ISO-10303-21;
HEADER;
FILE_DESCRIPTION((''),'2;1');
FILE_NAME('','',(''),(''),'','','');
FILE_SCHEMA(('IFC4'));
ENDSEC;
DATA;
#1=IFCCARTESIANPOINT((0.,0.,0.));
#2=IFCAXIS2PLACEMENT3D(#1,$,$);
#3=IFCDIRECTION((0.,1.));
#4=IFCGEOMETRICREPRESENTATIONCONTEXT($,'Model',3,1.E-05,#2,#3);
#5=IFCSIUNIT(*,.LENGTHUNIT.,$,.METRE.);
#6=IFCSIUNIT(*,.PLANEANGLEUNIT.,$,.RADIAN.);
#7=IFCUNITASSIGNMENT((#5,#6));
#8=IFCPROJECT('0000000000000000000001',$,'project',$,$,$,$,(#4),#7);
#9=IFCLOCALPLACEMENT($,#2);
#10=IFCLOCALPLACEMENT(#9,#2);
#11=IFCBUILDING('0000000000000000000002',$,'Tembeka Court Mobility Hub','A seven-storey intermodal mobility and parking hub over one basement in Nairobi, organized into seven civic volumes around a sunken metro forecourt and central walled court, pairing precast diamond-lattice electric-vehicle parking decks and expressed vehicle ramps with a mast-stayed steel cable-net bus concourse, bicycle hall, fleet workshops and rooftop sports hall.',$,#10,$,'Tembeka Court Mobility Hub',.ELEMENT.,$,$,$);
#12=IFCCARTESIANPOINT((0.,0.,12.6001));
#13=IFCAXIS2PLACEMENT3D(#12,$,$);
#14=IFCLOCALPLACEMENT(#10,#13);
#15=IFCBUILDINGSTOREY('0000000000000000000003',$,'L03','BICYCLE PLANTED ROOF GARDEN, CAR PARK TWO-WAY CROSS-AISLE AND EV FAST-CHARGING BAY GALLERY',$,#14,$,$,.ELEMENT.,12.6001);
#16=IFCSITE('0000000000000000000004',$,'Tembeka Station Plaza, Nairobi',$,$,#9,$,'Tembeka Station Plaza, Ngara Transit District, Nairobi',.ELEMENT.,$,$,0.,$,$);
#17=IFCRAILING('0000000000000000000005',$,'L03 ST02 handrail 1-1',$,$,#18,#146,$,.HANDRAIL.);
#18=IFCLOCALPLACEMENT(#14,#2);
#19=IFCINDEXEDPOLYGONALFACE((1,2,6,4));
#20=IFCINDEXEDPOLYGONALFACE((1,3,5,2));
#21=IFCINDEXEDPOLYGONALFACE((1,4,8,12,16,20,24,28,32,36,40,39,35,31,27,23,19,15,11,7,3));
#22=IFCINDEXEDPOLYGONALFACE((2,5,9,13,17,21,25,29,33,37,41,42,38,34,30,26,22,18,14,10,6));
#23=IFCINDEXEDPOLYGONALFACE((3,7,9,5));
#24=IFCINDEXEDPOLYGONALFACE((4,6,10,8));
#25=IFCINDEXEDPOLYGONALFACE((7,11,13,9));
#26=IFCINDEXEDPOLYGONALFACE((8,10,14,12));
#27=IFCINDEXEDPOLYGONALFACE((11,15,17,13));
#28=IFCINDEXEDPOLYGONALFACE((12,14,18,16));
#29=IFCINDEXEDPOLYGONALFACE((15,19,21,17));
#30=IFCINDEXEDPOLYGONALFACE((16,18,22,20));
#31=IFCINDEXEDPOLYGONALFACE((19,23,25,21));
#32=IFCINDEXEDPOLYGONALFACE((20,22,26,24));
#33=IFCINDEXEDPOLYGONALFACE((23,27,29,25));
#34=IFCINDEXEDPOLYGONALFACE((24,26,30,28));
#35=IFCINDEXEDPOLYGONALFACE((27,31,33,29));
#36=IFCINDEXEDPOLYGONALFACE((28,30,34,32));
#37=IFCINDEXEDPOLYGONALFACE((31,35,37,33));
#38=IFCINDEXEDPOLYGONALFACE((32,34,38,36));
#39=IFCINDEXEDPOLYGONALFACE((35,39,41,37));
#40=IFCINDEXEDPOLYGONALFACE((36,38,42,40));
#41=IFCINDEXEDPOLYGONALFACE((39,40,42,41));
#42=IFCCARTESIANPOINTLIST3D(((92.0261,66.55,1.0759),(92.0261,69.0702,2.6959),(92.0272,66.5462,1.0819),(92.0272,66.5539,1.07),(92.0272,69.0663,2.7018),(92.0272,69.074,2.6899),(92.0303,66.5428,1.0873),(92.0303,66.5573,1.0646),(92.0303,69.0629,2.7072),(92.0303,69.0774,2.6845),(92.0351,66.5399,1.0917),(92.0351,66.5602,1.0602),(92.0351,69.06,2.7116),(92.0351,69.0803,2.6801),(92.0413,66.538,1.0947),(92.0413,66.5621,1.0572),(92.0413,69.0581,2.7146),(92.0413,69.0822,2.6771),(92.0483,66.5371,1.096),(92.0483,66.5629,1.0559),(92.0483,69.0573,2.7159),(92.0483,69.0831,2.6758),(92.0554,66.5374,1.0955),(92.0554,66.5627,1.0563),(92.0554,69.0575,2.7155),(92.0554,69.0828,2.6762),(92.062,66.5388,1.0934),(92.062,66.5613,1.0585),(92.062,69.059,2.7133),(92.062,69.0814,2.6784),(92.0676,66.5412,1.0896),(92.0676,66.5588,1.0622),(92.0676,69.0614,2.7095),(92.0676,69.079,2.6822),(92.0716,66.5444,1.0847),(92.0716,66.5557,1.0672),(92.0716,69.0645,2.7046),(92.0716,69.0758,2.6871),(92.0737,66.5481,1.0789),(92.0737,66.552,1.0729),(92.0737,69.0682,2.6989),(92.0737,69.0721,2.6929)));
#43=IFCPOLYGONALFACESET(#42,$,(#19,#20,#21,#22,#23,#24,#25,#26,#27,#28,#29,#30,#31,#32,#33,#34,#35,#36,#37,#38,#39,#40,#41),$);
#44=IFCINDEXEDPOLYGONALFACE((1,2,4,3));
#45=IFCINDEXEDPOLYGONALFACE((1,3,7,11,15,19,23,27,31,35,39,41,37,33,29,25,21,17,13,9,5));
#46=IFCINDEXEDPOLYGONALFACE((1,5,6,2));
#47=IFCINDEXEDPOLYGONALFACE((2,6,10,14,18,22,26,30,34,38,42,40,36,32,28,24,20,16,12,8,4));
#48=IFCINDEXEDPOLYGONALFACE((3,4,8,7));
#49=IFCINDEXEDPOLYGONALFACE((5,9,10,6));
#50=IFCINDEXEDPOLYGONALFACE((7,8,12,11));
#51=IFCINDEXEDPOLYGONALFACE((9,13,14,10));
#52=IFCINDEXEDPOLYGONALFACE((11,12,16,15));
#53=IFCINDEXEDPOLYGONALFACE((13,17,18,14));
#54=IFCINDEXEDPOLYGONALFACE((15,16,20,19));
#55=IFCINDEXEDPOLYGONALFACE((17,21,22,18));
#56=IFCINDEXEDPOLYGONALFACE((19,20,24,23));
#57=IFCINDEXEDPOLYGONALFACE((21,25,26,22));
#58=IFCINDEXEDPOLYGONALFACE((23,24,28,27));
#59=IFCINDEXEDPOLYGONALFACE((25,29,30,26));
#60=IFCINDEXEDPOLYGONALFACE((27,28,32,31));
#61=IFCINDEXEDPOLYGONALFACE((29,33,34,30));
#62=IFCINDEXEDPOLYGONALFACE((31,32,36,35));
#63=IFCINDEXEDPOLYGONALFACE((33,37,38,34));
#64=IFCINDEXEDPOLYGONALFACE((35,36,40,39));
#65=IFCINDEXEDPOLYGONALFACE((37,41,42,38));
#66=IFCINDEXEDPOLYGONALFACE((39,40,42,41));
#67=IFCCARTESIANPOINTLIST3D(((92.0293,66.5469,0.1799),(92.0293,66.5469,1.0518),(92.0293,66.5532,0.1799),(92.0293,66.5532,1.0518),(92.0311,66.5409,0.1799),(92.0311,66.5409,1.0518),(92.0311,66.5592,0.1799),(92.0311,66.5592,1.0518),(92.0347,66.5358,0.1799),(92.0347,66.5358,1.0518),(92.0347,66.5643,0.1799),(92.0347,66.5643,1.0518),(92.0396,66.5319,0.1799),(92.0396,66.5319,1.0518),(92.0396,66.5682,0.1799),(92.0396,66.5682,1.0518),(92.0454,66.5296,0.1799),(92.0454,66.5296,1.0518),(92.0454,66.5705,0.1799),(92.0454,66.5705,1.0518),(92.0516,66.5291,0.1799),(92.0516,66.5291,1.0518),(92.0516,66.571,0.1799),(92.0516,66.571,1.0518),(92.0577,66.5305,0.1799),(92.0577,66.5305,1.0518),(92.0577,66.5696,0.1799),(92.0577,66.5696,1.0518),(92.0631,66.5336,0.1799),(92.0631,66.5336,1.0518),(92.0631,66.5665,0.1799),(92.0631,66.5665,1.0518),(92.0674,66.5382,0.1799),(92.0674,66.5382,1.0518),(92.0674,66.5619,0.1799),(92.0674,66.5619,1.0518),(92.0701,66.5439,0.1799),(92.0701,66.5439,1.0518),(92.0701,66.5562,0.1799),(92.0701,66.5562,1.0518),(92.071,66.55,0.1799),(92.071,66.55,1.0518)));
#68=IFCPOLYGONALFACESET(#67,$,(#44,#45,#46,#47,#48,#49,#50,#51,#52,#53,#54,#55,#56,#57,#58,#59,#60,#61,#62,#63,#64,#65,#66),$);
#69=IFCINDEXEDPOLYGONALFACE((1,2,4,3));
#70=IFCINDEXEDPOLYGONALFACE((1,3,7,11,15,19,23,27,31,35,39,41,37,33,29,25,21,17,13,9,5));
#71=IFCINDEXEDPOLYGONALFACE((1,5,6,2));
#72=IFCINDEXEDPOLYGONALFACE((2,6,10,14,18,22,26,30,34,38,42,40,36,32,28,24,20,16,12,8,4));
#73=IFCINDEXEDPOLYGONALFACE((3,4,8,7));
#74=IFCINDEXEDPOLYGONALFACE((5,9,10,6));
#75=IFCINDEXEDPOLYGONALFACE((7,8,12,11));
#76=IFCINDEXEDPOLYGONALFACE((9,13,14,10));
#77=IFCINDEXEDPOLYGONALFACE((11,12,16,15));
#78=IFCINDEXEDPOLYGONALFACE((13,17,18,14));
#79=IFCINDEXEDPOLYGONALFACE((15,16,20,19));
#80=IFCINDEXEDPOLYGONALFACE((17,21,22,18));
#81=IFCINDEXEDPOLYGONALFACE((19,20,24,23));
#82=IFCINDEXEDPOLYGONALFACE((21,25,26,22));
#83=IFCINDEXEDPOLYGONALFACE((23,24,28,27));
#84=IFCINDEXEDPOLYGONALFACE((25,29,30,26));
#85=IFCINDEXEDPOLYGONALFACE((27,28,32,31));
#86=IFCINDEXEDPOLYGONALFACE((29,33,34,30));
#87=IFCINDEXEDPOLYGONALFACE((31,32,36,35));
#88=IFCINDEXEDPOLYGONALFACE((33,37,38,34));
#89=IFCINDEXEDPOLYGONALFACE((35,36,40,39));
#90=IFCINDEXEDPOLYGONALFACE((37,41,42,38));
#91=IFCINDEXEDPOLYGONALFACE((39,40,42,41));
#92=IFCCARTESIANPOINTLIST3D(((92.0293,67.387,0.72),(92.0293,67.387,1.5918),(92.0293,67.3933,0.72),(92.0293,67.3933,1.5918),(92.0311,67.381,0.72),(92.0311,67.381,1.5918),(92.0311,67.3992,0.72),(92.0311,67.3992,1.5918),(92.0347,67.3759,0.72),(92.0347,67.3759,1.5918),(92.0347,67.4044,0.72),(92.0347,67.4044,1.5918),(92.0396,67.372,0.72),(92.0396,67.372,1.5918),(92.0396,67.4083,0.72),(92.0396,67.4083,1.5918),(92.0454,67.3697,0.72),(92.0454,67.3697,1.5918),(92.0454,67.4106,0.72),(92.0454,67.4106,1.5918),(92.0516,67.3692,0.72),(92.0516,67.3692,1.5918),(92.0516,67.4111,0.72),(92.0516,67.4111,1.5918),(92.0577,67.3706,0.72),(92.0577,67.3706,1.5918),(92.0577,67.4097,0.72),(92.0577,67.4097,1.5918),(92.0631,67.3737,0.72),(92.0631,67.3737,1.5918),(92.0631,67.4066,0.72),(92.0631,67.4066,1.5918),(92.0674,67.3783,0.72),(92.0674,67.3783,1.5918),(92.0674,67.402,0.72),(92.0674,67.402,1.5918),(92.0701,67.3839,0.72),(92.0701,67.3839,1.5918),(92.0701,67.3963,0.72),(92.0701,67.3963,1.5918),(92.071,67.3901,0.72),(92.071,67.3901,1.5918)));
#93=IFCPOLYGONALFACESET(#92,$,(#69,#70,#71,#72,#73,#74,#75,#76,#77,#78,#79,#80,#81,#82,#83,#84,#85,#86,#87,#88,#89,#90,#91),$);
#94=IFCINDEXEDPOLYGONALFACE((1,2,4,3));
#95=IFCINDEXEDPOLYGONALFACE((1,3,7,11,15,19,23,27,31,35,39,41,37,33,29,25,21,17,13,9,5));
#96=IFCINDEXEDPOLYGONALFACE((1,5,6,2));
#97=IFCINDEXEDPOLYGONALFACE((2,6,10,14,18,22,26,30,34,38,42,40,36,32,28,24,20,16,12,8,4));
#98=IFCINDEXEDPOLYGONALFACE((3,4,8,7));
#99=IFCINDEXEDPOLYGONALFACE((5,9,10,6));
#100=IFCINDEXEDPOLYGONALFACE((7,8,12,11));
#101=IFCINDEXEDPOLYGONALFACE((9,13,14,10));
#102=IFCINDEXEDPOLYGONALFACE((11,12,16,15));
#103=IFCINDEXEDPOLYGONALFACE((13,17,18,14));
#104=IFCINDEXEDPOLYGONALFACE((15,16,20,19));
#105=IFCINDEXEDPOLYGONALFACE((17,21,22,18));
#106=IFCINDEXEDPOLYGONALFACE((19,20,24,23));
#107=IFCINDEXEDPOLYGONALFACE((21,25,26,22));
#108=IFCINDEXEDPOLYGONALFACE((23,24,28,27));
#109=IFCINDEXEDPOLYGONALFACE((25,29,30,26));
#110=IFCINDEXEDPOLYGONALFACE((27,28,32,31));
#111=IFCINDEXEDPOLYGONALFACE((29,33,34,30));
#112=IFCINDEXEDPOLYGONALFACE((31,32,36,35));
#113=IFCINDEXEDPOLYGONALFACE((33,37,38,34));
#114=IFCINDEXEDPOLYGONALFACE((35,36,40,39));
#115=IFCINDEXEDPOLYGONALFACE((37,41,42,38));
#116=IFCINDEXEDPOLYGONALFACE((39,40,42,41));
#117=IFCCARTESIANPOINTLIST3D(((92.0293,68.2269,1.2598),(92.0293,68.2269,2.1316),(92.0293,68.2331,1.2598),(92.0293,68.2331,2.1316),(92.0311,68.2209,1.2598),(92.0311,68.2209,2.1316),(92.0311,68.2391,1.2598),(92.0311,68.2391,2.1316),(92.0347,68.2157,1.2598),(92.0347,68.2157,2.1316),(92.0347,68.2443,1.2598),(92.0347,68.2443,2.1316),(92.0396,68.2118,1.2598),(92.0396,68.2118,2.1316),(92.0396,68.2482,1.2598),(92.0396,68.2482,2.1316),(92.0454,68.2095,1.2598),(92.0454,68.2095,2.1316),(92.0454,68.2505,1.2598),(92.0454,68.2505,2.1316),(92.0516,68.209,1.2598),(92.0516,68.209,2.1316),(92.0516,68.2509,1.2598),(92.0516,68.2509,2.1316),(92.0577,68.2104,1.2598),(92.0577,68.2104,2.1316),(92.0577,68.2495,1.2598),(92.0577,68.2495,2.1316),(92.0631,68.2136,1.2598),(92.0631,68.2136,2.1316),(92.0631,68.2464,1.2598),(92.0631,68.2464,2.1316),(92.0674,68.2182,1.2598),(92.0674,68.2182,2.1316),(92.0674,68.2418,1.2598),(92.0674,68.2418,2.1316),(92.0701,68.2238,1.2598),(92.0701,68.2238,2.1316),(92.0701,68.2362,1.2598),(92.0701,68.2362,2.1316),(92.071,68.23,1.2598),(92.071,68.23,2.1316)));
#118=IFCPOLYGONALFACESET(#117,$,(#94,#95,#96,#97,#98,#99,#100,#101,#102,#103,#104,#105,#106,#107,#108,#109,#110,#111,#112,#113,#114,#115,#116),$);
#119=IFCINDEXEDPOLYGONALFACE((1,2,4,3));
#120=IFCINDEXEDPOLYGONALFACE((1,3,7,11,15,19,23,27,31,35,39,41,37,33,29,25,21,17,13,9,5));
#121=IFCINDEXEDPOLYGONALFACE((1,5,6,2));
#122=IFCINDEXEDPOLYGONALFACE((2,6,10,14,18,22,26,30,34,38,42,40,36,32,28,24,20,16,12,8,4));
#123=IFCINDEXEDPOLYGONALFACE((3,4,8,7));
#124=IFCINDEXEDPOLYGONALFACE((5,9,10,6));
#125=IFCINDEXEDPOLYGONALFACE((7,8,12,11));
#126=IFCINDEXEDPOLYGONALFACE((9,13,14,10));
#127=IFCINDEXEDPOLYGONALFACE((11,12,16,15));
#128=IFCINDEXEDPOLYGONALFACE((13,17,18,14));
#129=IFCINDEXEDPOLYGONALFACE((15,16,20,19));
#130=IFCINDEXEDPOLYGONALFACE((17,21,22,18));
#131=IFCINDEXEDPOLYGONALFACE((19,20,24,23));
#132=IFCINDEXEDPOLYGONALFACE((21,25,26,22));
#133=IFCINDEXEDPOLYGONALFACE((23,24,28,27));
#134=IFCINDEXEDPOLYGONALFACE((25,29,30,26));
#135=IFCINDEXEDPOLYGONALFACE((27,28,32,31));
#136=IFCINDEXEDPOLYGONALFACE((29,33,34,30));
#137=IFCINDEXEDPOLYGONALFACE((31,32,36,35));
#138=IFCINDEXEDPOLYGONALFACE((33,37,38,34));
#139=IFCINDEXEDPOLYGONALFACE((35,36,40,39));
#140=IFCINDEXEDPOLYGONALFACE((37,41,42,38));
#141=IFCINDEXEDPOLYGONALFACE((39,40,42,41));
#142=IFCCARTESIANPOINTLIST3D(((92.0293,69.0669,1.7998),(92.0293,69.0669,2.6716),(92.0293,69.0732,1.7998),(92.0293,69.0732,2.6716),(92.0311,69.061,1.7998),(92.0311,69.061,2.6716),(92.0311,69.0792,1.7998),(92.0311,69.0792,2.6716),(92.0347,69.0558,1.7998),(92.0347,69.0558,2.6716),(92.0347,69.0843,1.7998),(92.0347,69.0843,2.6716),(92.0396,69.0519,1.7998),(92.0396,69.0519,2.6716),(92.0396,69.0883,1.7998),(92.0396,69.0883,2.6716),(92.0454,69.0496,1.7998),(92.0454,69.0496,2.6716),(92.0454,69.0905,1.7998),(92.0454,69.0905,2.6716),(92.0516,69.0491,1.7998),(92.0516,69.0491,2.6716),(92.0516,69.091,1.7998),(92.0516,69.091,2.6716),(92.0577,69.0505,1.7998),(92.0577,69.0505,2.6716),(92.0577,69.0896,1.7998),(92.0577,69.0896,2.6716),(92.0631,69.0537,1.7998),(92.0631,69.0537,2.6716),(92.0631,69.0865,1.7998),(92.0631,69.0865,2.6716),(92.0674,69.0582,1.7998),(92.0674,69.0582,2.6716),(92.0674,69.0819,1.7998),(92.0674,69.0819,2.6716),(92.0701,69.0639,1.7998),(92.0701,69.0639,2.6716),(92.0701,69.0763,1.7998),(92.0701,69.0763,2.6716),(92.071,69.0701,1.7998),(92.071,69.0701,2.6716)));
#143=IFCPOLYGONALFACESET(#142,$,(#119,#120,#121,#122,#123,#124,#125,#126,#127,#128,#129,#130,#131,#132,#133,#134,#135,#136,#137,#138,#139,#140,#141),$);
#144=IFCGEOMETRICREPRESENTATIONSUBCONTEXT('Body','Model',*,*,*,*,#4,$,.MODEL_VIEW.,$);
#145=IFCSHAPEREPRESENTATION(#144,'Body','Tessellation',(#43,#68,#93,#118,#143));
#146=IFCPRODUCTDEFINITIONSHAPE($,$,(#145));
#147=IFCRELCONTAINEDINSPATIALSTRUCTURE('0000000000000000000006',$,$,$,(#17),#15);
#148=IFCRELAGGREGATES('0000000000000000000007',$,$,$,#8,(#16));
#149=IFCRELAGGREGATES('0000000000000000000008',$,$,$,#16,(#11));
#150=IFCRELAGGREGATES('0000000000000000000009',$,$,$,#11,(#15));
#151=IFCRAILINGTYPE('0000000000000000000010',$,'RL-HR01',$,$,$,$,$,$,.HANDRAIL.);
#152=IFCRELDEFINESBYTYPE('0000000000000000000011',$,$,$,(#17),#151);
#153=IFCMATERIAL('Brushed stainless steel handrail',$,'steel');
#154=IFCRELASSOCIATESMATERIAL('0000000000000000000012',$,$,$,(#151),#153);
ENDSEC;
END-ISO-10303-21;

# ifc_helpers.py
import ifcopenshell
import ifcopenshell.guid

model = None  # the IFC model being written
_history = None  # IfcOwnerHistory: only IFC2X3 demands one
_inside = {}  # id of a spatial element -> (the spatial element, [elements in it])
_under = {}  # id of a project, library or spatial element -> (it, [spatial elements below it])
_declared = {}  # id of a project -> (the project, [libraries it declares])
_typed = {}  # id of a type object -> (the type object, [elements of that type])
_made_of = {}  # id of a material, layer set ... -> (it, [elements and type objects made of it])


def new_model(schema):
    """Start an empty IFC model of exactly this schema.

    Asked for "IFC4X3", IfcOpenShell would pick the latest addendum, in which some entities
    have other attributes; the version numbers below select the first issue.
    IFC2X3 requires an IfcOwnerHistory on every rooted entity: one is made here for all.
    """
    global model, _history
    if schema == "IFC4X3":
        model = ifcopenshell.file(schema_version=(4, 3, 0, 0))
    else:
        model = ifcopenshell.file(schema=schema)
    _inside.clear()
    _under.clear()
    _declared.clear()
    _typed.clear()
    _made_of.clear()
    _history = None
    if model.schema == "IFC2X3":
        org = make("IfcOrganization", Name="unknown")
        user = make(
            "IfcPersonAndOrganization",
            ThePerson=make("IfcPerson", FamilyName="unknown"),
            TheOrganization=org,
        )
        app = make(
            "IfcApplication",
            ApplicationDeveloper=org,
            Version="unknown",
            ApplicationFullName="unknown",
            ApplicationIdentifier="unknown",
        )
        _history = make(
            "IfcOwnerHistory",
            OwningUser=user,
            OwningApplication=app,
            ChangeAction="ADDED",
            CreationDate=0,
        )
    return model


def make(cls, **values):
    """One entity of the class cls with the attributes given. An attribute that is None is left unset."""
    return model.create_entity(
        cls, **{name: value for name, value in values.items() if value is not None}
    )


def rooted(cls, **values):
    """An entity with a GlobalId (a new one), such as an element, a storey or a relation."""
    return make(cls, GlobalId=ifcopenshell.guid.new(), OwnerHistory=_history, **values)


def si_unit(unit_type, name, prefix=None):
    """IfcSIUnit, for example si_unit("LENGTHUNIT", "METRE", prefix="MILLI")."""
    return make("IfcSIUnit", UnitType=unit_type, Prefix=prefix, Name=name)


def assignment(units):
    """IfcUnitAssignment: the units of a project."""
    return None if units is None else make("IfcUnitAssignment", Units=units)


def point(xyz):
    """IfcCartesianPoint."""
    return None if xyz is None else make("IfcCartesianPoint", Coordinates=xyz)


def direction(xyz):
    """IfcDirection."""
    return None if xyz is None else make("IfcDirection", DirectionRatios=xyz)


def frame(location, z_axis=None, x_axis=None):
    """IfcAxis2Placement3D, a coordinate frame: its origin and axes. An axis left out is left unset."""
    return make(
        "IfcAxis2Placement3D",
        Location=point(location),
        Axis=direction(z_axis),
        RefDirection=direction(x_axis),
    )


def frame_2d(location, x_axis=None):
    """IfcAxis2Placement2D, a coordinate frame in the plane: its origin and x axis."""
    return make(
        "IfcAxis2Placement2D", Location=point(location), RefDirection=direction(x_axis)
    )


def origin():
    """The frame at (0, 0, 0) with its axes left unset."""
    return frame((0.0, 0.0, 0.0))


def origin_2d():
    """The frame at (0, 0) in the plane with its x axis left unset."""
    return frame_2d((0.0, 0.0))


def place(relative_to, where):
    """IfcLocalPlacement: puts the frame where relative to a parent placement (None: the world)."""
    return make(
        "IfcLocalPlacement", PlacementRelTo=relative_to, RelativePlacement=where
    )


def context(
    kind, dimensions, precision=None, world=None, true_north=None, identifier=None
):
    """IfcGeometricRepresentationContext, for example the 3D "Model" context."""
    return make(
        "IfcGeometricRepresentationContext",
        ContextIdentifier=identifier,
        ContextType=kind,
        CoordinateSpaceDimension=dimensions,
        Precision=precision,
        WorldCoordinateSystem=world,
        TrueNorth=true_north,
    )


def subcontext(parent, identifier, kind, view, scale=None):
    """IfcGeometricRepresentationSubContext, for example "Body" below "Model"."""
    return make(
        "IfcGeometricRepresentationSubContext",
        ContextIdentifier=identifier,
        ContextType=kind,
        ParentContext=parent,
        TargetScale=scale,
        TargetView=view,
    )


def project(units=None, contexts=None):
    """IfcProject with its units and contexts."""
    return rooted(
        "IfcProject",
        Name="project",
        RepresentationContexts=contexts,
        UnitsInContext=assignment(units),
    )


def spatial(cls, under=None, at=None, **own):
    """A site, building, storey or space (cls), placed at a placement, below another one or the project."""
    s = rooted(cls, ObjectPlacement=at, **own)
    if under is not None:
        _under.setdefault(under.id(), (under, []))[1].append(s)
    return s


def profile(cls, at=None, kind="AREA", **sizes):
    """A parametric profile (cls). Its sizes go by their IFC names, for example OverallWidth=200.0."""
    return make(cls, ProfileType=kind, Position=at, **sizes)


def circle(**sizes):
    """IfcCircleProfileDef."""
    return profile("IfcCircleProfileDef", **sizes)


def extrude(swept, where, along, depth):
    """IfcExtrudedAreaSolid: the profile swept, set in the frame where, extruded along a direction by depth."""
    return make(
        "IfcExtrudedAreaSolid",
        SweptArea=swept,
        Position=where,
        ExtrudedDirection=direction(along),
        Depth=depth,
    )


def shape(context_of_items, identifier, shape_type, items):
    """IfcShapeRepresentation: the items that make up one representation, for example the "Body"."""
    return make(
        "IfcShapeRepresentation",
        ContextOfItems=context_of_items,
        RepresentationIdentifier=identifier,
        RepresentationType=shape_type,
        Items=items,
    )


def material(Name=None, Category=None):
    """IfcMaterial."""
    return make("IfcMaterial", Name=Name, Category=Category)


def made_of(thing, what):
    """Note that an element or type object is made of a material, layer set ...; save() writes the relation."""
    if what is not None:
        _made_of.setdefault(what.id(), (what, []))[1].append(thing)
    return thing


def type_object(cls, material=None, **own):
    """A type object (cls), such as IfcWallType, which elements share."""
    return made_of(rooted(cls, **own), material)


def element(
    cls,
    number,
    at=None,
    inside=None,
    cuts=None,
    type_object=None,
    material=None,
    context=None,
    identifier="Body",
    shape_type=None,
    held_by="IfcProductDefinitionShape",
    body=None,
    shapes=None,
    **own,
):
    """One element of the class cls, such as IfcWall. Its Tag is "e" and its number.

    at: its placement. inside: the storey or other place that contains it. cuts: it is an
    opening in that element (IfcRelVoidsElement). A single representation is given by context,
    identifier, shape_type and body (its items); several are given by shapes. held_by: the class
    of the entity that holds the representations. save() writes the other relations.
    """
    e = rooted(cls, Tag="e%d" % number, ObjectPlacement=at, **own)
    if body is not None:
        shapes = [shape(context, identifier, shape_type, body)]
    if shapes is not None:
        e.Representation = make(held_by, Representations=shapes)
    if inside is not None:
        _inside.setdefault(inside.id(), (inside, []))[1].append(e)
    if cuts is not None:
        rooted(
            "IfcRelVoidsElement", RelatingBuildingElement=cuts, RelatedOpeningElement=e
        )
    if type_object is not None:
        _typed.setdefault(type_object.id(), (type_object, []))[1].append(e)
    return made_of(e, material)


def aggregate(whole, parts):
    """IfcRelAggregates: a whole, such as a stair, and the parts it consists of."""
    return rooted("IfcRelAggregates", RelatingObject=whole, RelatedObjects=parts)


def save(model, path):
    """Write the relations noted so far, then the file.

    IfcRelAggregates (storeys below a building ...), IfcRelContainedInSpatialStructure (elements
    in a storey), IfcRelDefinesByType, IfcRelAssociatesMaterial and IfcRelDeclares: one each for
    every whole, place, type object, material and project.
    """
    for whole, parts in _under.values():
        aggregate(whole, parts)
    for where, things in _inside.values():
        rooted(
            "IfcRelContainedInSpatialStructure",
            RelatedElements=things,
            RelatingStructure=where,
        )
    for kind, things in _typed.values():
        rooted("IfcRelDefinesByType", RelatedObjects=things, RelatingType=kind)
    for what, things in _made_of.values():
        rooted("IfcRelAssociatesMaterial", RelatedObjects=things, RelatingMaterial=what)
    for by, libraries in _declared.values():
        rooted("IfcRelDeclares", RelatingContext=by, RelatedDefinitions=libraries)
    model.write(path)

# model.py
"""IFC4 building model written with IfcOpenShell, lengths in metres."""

from ifc_helpers import new_model, si_unit, direction, frame, origin, origin_2d, place, context, subcontext, project, spatial, circle, extrude, material, type_object, element, save


model = new_model("IFC4")

# Units and contexts
model_context = context("Model", 3, precision=1e-05, world=origin(), true_north=direction((0.0, 1.0)))
body_context = subcontext(model_context, "Body", "Model", "MODEL_VIEW")
ifc_project = project(units=[si_unit("LENGTHUNIT", "METRE"), si_unit("PLANEANGLEUNIT", "RADIAN")], contexts=[model_context])

# Site, building, storey
site_placement = place(None, origin())
site = spatial("IfcSite", under=ifc_project, at=site_placement, Name="Tembeka Station Plaza, Nairobi", LongName="Tembeka Station Plaza, Ngara Transit District, Nairobi", CompositionType="ELEMENT", RefElevation=0.0)
building_placement = place(site_placement, origin())
building = spatial("IfcBuilding", under=site, at=building_placement, Name="Tembeka Court Mobility Hub", Description="A seven-storey intermodal mobility and parking hub over one basement in Nairobi, organized into seven civic volumes around a sunken metro forecourt and central walled court, pairing precast diamond-lattice electric-vehicle parking decks and expressed vehicle ramps with a mast-stayed steel cable-net bus concourse, bicycle hall, fleet workshops and rooftop sports hall.", LongName="Tembeka Court Mobility Hub", CompositionType="ELEMENT")
storey_placement = place(building_placement, frame((0.0, 0.0, 12.6001)))
storey = spatial("IfcBuildingStorey", under=building, at=storey_placement, Name="L03", Description="BICYCLE PLANTED ROOF GARDEN, CAR PARK TWO-WAY CROSS-AISLE AND EV FAST-CHARGING BAY GALLERY", CompositionType="ELEMENT", Elevation=12.6001)

# Railing
ifc_material_1 = material(Name="Brushed stainless steel handrail", Category="steel")
railing_type_1 = type_object("IfcRailingType", Name="RL-HR01", PredefinedType="HANDRAIL", material=ifc_material_1)
railing_1_placement = place(storey_placement, frame((92.05, 66.55, 0.1799)))
element("IfcRailing", 1, at=railing_1_placement, inside=storey, type_object=railing_type_1, Name="L03 ST02 handrail 1-1", PredefinedType="HANDRAIL", context=body_context, shape_type="SweptSolid", body=[
    extrude(circle(Radius=0.0239, at=origin_2d()), frame((0.0, 0.0, 0.896), z_axis=(0.0, 0.8412, 0.540725), x_axis=(-1.0, 0.0, 0.0)), (0.0, 0.0, 1.0), 2.9958),
    extrude(circle(Radius=0.021, at=origin_2d()), origin(), (0.0, 0.0, 1.0), 0.8718),
    extrude(circle(Radius=0.021, at=origin_2d()), frame((0.0, 0.8401, 0.54)), (0.0, 0.0, 1.0), 0.8718),
    extrude(circle(Radius=0.021, at=origin_2d()), frame((0.0, 1.6799, 1.0798)), (0.0, 0.0, 1.0), 0.8718),
    extrude(circle(Radius=0.021, at=origin_2d()), frame((0.0, 2.52, 1.6199)), (0.0, 0.0, 1.0), 0.8718),
])

save(model, "model.ifc")
